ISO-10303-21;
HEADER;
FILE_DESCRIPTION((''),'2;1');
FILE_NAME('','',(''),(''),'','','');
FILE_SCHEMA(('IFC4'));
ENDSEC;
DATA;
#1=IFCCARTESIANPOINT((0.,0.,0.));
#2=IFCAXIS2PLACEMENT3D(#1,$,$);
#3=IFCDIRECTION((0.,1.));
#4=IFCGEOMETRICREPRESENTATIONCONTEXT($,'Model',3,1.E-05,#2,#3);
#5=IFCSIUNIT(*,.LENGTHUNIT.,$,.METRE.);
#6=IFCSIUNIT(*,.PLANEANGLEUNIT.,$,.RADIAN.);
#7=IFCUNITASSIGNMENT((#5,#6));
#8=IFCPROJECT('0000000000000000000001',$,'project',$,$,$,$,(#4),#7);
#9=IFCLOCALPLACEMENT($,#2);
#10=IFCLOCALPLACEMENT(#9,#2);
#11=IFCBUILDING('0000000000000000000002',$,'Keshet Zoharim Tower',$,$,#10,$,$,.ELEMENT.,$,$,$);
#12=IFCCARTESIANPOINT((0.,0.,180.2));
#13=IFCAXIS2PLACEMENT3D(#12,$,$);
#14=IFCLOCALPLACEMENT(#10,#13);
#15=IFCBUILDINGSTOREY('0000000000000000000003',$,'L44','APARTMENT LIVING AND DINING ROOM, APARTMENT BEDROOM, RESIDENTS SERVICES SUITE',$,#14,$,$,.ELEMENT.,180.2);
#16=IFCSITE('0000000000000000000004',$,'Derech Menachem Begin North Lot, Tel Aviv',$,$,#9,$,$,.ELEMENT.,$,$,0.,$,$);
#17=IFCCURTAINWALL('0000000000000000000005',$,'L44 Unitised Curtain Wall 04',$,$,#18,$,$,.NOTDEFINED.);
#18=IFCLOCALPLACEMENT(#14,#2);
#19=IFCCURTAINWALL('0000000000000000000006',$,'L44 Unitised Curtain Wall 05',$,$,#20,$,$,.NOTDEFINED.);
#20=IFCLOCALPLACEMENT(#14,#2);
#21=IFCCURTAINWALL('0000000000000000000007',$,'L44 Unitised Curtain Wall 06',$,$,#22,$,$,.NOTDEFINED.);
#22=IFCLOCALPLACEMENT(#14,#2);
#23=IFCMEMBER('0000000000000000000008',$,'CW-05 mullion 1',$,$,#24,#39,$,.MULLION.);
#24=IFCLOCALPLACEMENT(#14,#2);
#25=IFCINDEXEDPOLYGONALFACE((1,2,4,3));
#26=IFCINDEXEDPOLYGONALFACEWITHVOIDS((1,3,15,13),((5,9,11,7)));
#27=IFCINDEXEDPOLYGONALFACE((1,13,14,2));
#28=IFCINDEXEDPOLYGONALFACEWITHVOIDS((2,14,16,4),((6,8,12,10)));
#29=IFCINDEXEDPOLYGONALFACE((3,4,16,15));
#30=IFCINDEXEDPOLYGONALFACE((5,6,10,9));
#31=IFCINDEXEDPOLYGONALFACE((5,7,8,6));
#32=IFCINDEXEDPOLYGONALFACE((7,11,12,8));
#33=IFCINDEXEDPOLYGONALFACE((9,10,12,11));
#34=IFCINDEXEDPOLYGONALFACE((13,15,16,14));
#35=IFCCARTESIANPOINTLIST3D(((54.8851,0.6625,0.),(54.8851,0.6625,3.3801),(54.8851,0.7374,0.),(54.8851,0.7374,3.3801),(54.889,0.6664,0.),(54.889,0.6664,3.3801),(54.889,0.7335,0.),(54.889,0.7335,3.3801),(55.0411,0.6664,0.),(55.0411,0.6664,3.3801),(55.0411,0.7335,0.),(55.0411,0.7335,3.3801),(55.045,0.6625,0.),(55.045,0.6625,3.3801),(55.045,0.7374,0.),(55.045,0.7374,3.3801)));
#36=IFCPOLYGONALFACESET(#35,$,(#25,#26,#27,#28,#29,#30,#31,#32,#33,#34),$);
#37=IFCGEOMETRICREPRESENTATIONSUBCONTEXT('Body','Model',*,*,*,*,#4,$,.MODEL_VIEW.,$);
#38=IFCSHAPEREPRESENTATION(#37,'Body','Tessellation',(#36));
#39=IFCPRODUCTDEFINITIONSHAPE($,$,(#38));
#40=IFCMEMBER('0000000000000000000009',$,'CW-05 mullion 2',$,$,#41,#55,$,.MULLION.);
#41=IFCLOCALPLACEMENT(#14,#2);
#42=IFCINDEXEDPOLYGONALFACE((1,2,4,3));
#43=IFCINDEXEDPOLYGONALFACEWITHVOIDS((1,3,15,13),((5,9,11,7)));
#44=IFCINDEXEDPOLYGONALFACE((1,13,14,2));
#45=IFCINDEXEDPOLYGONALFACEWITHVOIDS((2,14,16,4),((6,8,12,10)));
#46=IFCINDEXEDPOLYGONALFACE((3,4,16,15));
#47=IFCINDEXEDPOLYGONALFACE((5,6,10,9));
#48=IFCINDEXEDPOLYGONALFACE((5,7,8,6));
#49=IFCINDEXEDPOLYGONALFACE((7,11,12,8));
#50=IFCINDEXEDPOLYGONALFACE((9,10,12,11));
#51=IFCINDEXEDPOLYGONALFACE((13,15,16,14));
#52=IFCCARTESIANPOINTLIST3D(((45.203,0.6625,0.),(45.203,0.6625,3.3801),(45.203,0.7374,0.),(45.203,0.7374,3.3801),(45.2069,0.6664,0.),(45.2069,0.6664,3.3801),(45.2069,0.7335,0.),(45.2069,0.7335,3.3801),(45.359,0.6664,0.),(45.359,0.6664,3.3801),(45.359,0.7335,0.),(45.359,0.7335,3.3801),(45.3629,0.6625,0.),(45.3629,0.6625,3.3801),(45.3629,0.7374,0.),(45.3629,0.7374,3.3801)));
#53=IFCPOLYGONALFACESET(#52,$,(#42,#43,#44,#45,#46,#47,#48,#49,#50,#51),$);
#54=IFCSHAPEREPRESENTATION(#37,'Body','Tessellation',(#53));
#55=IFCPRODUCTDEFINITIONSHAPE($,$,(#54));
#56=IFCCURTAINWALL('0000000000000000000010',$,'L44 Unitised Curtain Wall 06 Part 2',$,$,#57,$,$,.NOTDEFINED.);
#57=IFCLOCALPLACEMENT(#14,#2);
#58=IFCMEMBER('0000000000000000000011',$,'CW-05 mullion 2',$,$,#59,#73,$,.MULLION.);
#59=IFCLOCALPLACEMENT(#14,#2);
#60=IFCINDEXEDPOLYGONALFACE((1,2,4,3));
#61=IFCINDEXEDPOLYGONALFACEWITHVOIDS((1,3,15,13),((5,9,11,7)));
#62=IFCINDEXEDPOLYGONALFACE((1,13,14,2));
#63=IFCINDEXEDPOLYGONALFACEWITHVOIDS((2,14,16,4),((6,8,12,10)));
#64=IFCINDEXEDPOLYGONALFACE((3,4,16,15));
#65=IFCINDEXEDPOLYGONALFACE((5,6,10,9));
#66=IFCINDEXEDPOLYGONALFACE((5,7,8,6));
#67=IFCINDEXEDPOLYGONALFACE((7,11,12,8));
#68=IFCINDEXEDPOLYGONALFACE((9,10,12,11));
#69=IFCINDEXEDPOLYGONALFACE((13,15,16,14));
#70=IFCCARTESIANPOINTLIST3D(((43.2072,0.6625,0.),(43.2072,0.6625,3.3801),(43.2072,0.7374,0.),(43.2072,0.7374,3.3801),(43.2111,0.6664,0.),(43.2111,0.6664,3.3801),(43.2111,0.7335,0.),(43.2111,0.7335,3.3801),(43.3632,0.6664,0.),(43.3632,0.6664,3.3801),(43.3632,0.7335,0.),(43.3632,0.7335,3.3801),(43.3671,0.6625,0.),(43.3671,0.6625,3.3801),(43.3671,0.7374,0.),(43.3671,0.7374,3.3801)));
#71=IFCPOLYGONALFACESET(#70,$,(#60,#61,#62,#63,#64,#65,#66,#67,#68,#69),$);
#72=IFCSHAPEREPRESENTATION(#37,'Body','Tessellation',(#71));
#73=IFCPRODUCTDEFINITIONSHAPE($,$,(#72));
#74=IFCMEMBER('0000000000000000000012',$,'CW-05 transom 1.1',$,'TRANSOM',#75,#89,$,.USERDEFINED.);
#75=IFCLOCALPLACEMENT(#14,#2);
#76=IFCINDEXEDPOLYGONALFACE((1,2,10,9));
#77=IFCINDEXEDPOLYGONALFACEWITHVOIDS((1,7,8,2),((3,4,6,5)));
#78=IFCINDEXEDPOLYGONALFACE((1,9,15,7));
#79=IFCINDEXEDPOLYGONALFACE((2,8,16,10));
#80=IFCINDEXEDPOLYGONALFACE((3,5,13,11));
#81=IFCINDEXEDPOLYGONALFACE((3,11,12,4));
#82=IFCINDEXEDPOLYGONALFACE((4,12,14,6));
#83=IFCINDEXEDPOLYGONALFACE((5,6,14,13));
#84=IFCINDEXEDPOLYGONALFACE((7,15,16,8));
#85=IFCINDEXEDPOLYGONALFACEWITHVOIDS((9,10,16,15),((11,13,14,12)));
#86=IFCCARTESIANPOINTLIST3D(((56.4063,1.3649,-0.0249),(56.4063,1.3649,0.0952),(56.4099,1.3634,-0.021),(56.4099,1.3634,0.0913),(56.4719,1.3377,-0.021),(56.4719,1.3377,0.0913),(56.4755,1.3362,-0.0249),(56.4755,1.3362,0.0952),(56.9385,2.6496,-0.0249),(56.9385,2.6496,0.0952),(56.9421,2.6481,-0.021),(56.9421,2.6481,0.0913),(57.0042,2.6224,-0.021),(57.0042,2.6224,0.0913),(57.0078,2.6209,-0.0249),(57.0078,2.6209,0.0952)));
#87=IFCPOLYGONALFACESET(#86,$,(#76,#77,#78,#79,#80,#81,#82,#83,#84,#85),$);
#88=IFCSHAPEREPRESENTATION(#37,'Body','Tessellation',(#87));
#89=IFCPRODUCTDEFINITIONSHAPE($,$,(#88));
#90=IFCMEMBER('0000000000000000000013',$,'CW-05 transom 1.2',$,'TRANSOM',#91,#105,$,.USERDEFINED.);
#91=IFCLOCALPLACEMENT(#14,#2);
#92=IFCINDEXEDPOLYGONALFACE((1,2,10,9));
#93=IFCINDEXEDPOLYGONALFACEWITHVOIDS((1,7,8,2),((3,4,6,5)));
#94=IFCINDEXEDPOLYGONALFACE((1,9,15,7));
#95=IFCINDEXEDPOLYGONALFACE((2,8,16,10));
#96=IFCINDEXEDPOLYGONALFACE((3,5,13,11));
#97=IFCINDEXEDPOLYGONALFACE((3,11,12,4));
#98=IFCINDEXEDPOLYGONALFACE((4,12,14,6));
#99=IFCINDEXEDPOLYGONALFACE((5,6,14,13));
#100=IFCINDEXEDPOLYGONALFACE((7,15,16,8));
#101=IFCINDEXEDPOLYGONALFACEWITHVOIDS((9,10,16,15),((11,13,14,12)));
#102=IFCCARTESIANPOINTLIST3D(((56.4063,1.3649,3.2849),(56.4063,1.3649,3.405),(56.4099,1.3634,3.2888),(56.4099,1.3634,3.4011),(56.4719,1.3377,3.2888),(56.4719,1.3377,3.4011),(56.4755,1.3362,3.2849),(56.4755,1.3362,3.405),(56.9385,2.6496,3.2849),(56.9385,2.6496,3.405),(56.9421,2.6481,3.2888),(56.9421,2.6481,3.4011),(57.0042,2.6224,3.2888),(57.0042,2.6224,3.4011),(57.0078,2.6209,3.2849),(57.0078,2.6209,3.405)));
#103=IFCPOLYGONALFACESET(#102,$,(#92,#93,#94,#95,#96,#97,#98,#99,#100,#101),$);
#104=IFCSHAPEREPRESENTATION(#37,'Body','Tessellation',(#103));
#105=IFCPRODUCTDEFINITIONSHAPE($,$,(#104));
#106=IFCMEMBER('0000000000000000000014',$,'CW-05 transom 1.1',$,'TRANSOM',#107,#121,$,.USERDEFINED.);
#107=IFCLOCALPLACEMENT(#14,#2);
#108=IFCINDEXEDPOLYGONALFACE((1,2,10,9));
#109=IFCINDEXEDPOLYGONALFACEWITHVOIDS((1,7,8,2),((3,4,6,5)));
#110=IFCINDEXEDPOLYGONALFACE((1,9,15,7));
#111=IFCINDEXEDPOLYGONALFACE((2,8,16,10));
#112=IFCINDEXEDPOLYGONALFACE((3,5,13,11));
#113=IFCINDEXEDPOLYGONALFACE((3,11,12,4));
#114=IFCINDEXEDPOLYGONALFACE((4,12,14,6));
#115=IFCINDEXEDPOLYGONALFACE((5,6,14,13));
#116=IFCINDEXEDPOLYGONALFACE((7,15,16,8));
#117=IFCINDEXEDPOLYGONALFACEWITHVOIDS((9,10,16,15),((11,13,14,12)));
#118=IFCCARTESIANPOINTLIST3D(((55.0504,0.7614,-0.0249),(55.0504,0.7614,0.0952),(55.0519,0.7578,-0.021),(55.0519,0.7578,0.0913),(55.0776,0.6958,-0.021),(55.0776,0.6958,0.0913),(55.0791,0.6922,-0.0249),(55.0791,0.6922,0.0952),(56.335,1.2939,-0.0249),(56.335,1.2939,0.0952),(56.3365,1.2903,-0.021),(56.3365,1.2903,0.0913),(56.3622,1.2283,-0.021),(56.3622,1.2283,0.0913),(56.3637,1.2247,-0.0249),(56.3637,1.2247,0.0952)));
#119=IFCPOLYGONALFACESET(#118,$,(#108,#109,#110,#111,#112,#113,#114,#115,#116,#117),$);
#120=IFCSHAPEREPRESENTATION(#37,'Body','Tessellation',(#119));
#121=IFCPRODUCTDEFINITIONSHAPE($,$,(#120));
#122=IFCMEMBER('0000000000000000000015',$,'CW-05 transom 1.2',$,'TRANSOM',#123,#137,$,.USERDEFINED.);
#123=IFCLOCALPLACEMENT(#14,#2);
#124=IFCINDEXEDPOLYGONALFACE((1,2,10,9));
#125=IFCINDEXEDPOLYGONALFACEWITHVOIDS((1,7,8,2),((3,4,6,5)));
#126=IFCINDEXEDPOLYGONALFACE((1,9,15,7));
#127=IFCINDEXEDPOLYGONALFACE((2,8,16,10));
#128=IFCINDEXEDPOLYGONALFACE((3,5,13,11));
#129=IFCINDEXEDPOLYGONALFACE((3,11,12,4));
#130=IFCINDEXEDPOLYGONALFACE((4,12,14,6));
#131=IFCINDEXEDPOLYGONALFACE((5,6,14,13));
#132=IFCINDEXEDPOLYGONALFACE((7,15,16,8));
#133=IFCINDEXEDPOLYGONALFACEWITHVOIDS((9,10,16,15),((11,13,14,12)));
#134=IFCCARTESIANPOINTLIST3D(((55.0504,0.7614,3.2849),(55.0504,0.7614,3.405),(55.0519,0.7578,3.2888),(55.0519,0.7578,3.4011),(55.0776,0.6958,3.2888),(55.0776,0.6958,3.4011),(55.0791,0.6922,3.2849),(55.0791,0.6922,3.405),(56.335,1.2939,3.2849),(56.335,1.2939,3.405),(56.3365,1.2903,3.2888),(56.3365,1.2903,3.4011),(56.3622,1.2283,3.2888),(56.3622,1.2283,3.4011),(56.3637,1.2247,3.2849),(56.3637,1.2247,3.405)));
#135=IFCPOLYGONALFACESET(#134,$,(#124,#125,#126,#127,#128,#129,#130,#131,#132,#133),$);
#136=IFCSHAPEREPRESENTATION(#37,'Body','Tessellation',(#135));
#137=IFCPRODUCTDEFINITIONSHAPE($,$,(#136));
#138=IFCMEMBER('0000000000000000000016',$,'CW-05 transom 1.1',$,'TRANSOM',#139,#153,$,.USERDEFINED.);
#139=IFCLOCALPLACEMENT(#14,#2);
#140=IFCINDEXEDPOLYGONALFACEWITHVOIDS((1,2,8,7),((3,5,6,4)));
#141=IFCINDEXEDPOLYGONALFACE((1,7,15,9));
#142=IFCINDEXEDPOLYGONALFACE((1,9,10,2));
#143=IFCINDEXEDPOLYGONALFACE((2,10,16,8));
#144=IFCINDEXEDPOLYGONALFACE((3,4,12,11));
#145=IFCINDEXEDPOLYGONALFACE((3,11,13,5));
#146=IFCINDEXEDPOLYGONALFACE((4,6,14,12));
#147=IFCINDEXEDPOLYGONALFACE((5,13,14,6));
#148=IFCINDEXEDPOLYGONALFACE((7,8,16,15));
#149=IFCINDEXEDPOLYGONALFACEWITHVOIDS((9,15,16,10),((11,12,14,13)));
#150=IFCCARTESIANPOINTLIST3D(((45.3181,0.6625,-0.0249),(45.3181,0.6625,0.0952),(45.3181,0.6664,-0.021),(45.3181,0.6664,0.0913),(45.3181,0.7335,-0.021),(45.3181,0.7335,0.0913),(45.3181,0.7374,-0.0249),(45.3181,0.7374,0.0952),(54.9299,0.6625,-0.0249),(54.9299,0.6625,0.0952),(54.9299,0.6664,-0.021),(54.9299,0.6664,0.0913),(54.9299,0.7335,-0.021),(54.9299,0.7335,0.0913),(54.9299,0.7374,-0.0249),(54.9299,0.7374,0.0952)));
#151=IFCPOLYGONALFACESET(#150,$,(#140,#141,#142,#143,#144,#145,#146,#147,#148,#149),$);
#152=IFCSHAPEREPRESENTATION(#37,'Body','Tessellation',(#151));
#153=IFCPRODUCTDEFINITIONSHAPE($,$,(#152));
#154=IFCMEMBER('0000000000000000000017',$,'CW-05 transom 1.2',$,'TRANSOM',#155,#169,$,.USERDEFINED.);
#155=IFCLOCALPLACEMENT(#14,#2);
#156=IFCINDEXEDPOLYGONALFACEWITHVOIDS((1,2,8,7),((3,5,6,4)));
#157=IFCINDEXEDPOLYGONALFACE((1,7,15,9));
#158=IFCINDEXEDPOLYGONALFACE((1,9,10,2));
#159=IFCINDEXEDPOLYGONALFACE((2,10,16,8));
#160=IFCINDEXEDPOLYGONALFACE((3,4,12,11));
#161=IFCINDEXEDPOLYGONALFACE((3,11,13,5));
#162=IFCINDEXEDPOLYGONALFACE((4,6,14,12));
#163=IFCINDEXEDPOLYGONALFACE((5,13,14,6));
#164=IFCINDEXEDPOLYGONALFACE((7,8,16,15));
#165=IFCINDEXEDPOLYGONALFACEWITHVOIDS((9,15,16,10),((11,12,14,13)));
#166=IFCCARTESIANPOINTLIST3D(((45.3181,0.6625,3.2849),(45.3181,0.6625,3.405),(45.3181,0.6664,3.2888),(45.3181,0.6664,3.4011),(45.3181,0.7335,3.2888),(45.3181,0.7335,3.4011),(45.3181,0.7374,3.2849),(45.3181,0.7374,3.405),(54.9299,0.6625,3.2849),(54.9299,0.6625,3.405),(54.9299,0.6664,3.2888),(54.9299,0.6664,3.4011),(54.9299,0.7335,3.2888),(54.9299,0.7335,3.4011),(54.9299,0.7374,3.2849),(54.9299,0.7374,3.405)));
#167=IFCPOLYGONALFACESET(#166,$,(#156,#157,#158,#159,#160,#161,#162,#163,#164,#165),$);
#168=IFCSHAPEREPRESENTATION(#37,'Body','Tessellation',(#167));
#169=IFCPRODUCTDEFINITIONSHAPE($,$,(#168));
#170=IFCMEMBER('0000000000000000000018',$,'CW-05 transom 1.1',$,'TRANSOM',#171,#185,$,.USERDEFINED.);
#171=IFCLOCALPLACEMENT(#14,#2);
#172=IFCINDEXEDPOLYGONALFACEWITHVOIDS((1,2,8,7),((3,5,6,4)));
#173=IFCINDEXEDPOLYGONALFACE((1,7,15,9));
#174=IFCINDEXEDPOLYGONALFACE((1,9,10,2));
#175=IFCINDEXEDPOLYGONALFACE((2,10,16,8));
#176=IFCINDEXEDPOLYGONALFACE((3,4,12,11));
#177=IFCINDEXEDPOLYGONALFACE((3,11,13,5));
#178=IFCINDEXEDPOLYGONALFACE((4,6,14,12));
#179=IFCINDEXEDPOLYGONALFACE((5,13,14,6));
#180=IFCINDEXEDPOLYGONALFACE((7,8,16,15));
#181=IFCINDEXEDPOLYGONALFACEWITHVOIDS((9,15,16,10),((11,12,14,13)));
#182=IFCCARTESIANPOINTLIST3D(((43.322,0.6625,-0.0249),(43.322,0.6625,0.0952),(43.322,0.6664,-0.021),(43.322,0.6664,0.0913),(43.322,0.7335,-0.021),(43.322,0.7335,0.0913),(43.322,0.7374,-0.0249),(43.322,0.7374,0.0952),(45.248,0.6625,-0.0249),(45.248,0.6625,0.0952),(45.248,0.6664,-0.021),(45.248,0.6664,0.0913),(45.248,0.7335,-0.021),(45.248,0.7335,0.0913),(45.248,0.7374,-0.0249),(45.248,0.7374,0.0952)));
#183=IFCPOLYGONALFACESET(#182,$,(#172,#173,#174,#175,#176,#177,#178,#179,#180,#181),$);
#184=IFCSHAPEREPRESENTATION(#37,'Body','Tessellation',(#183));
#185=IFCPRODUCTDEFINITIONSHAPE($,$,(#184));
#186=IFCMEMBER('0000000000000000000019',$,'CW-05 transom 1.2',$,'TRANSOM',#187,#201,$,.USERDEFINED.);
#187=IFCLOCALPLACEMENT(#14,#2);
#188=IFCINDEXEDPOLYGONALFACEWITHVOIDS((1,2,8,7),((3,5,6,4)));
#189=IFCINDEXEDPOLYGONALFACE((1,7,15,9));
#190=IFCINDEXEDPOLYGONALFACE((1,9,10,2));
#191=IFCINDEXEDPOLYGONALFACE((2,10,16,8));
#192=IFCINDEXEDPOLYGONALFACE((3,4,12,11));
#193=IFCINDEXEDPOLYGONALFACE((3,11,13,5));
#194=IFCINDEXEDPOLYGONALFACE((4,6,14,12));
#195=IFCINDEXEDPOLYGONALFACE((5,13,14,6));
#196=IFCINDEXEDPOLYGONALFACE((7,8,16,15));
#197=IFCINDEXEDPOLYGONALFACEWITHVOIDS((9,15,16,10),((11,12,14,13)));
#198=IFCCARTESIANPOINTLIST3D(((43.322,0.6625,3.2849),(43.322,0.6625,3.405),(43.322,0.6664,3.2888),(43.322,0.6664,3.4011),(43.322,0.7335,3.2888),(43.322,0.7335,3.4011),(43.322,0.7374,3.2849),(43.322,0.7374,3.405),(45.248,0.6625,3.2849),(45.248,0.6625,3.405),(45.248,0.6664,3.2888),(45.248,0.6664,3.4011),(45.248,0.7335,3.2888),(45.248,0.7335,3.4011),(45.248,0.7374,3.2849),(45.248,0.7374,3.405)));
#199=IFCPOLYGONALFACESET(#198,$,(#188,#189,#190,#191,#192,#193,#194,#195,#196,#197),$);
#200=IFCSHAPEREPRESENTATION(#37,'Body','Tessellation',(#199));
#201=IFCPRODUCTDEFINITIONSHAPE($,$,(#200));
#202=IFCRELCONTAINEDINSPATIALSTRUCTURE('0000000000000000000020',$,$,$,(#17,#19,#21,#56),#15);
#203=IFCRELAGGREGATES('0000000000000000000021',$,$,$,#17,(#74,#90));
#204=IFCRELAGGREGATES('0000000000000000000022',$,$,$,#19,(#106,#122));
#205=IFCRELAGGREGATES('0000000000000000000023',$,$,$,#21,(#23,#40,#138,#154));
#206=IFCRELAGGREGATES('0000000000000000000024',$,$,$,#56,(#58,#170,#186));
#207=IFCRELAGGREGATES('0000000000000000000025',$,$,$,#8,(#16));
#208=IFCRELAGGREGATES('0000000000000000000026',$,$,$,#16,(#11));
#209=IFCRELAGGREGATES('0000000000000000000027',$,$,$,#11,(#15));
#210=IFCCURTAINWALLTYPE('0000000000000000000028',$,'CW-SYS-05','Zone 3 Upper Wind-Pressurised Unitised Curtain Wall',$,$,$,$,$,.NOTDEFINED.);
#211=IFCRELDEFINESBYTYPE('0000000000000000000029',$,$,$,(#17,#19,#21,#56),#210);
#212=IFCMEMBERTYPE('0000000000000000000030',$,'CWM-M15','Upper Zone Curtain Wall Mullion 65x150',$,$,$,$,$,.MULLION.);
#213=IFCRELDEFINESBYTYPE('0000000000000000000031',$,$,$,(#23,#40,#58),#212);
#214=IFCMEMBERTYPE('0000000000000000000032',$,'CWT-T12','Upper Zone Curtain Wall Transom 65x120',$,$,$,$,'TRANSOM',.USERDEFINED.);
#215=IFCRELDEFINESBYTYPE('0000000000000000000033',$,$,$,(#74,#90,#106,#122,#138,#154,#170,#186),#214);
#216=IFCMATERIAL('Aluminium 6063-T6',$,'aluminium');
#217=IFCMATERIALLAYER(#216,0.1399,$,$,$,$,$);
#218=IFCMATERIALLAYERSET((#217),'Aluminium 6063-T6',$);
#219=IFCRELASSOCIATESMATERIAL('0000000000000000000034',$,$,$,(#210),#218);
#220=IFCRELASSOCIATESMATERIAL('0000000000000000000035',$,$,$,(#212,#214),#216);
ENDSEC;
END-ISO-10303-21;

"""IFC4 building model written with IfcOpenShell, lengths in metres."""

from ifc_helpers import new_model, si_unit, direction, frame, origin, origin_2d, place, context, subcontext, project, spatial, hollow_rectangle, extrude, material, layer, layer_set, material_profile, profile_set, type_object, element, aggregate, save


model = new_model("IFC4")

# Units and contexts
model_context = context("Model", 3, precision=1e-05, world=origin(), true_north=direction((0.0, 1.0)))
body_context = subcontext(model_context, "Body", "Model", "MODEL_VIEW")
ifc_project = project(units=[si_unit("LENGTHUNIT", "METRE"), si_unit("PLANEANGLEUNIT", "RADIAN")], contexts=[model_context])

# Site, building, storey
site_placement = place(None, origin())
site = spatial("IfcSite", under=ifc_project, at=site_placement, Name="Derech Menachem Begin North Lot, Tel Aviv", CompositionType="ELEMENT", RefElevation=0.0)
building_placement = place(site_placement, origin())
building = spatial("IfcBuilding", under=site, at=building_placement, Name="Keshet Zoharim Tower", CompositionType="ELEMENT")
storey_placement = place(building_placement, frame((0.0, 0.0, 180.2)))
storey = spatial("IfcBuildingStorey", under=building, at=storey_placement, Name="L44", Description="APARTMENT LIVING AND DINING ROOM, APARTMENT BEDROOM, RESIDENTS SERVICES SUITE", CompositionType="ELEMENT", Elevation=180.2)

# Curtain wall
ifc_material_1 = material(Name="Aluminium 6063-T6", Category="aluminium")
ifc_layer_1 = layer(ifc_material_1, 0.1399)
ifc_layer_set_1 = layer_set([ifc_layer_1], Name="Aluminium 6063-T6")
curtain_wall_type = type_object("IfcCurtainWallType", Name="CW-SYS-05", Description="Zone 3 Upper Wind-Pressurised Unitised Curtain Wall", PredefinedType="NOTDEFINED", material=ifc_layer_set_1)
curtain_wall_1_placement = place(storey_placement, origin())
curtain_wall_1 = element("IfcCurtainWall", 1, at=curtain_wall_1_placement, inside=storey, type_object=curtain_wall_type, Name="L44 Unitised Curtain Wall 04", PredefinedType="NOTDEFINED")
ifc_material_profile_1 = material_profile(ifc_material_1, hollow_rectangle(XDim=0.075, YDim=0.1599, WallThickness=0.0039, at=origin_2d()), Name="MUL-75x160")
ifc_profile_set_1 = profile_set([ifc_material_profile_1], Name="Aluminium 6063-T6")
member_type_1 = type_object("IfcMemberType", Name="CWM-M15", Description="Upper Zone Curtain Wall Mullion 65x150", PredefinedType="MULLION", material=ifc_profile_set_1)

# Curtain walls, members
curtain_wall_2_placement = place(storey_placement, origin())
curtain_wall_2 = element("IfcCurtainWall", 2, at=curtain_wall_2_placement, inside=storey, type_object=curtain_wall_type, Name="L44 Unitised Curtain Wall 05", PredefinedType="NOTDEFINED")
curtain_wall_3_placement = place(storey_placement, origin())
curtain_wall_3 = element("IfcCurtainWall", 3, at=curtain_wall_3_placement, inside=storey, type_object=curtain_wall_type, Name="L44 Unitised Curtain Wall 06", PredefinedType="NOTDEFINED")
member_1_placement = place(storey_placement, frame((54.9651, 0.7, 0.0), z_axis=(0.0, 0.0, 1.0), x_axis=(0.0, -1.0, 0.0)))
member_1 = element("IfcMember", 4, at=member_1_placement, type_object=member_type_1, Name="CW-05 mullion 1", PredefinedType="MULLION", context=body_context, shape_type="SweptSolid", body=[
    extrude(hollow_rectangle(XDim=0.075, YDim=0.1599, WallThickness=0.0039, at=origin_2d()), origin(), (0.0, 0.0, 1.0), 3.3801),
])
member_2_placement = place(storey_placement, frame((45.283, 0.7, 0.0), z_axis=(0.0, 0.0, 1.0), x_axis=(0.0, -1.0, 0.0)))
member_2 = element("IfcMember", 5, at=member_2_placement, type_object=member_type_1, Name="CW-05 mullion 2", PredefinedType="MULLION", context=body_context, shape_type="SweptSolid", body=[
    extrude(hollow_rectangle(XDim=0.075, YDim=0.1599, WallThickness=0.0039, at=origin_2d()), origin(), (0.0, 0.0, 1.0), 3.3801),
])

# Curtain wall, member
curtain_wall_4_placement = place(storey_placement, origin())
curtain_wall_4 = element("IfcCurtainWall", 6, at=curtain_wall_4_placement, inside=storey, type_object=curtain_wall_type, Name="L44 Unitised Curtain Wall 06 Part 2", PredefinedType="NOTDEFINED")
member_3_placement = place(storey_placement, frame((43.2871, 0.7, 0.0), z_axis=(0.0, 0.0, 1.0), x_axis=(0.0, -1.0, 0.0)))
member_3 = element("IfcMember", 7, at=member_3_placement, type_object=member_type_1, Name="CW-05 mullion 2", PredefinedType="MULLION", context=body_context, shape_type="SweptSolid", body=[
    extrude(hollow_rectangle(XDim=0.075, YDim=0.1599, WallThickness=0.0039, at=origin_2d()), origin(), (0.0, 0.0, 1.0), 3.3801),
])

# Members
ifc_material_profile_2 = material_profile(ifc_material_1, hollow_rectangle(XDim=0.075, YDim=0.1201, WallThickness=0.0039, at=origin_2d()), Name="TRN-75x120")
ifc_profile_set_2 = profile_set([ifc_material_profile_2], Name="Aluminium 6063-T6")
member_type_2 = type_object("IfcMemberType", Name="CWT-T12", Description="Upper Zone Curtain Wall Transom 65x120", ElementType="TRANSOM", PredefinedType="USERDEFINED", material=ifc_profile_set_2)
member_4_placement = place(storey_placement, frame((56.9731, 2.6353, 0.0352), z_axis=(-0.382745, -0.923854, 0.0), x_axis=(0.923854, -0.382745, 0.0)))
member_4 = element("IfcMember", 8, at=member_4_placement, type_object=member_type_2, Name="CW-05 transom 1.1", ObjectType="TRANSOM", PredefinedType="USERDEFINED", context=body_context, shape_type="SweptSolid", body=[
    extrude(hollow_rectangle(XDim=0.075, YDim=0.1201, WallThickness=0.0039, at=origin_2d()), origin(), (0.0, 0.0, 1.0), 1.3906),
])
member_5_placement = place(storey_placement, frame((56.9731, 2.6353, 3.345), z_axis=(-0.382745, -0.923854, 0.0), x_axis=(0.923854, -0.382745, 0.0)))
member_5 = element("IfcMember", 9, at=member_5_placement, type_object=member_type_2, Name="CW-05 transom 1.2", ObjectType="TRANSOM", PredefinedType="USERDEFINED", context=body_context, shape_type="SweptSolid", body=[
    extrude(hollow_rectangle(XDim=0.075, YDim=0.1201, WallThickness=0.0039, at=origin_2d()), origin(), (0.0, 0.0, 1.0), 1.3906),
])
member_6_placement = place(storey_placement, frame((56.3494, 1.2593, 0.0352), z_axis=(-0.923792, -0.382894, 0.0), x_axis=(0.382894, -0.923792, 0.0)))
member_6 = element("IfcMember", 10, at=member_6_placement, type_object=member_type_2, Name="CW-05 transom 1.1", ObjectType="TRANSOM", PredefinedType="USERDEFINED", context=body_context, shape_type="SweptSolid", body=[
    extrude(hollow_rectangle(XDim=0.075, YDim=0.1201, WallThickness=0.0039, at=origin_2d()), origin(), (0.0, 0.0, 1.0), 1.3906),
])
member_7_placement = place(storey_placement, frame((56.3494, 1.2593, 3.345), z_axis=(-0.923792, -0.382894, 0.0), x_axis=(0.382894, -0.923792, 0.0)))
member_7 = element("IfcMember", 11, at=member_7_placement, type_object=member_type_2, Name="CW-05 transom 1.2", ObjectType="TRANSOM", PredefinedType="USERDEFINED", context=body_context, shape_type="SweptSolid", body=[
    extrude(hollow_rectangle(XDim=0.075, YDim=0.1201, WallThickness=0.0039, at=origin_2d()), origin(), (0.0, 0.0, 1.0), 1.3906),
])
member_8_placement = place(storey_placement, frame((54.9299, 0.7, 0.0352), z_axis=(-1.0, 0.0, 0.0), x_axis=(0.0, -1.0, 0.0)))
member_8 = element("IfcMember", 12, at=member_8_placement, type_object=member_type_2, Name="CW-05 transom 1.1", ObjectType="TRANSOM", PredefinedType="USERDEFINED", context=body_context, shape_type="SweptSolid", body=[
    extrude(hollow_rectangle(XDim=0.075, YDim=0.1201, WallThickness=0.0039, at=origin_2d()), origin(), (0.0, 0.0, 1.0), 9.6118),
])
member_9_placement = place(storey_placement, frame((54.9299, 0.7, 3.345), z_axis=(-1.0, 0.0, 0.0), x_axis=(0.0, -1.0, 0.0)))
member_9 = element("IfcMember", 13, at=member_9_placement, type_object=member_type_2, Name="CW-05 transom 1.2", ObjectType="TRANSOM", PredefinedType="USERDEFINED", context=body_context, shape_type="SweptSolid", body=[
    extrude(hollow_rectangle(XDim=0.075, YDim=0.1201, WallThickness=0.0039, at=origin_2d()), origin(), (0.0, 0.0, 1.0), 9.6118),
])
member_10_placement = place(storey_placement, frame((45.248, 0.7, 0.0352), z_axis=(-1.0, 0.0, 0.0), x_axis=(0.0, -1.0, 0.0)))
member_10 = element("IfcMember", 14, at=member_10_placement, type_object=member_type_2, Name="CW-05 transom 1.1", ObjectType="TRANSOM", PredefinedType="USERDEFINED", context=body_context, shape_type="SweptSolid", body=[
    extrude(hollow_rectangle(XDim=0.075, YDim=0.1201, WallThickness=0.0039, at=origin_2d()), origin(), (0.0, 0.0, 1.0), 1.926),
])
member_11_placement = place(storey_placement, frame((45.248, 0.7, 3.345), z_axis=(-1.0, 0.0, 0.0), x_axis=(0.0, -1.0, 0.0)))
member_11 = element("IfcMember", 15, at=member_11_placement, type_object=member_type_2, Name="CW-05 transom 1.2", ObjectType="TRANSOM", PredefinedType="USERDEFINED", context=body_context, shape_type="SweptSolid", body=[
    extrude(hollow_rectangle(XDim=0.075, YDim=0.1201, WallThickness=0.0039, at=origin_2d()), origin(), (0.0, 0.0, 1.0), 1.926),
])

aggregate(curtain_wall_1, [member_4, member_5])
aggregate(curtain_wall_2, [member_6, member_7])
aggregate(curtain_wall_3, [member_1, member_2, member_8, member_9])
aggregate(curtain_wall_4, [member_3, member_10, member_11])

save(model, "model.ifc")
